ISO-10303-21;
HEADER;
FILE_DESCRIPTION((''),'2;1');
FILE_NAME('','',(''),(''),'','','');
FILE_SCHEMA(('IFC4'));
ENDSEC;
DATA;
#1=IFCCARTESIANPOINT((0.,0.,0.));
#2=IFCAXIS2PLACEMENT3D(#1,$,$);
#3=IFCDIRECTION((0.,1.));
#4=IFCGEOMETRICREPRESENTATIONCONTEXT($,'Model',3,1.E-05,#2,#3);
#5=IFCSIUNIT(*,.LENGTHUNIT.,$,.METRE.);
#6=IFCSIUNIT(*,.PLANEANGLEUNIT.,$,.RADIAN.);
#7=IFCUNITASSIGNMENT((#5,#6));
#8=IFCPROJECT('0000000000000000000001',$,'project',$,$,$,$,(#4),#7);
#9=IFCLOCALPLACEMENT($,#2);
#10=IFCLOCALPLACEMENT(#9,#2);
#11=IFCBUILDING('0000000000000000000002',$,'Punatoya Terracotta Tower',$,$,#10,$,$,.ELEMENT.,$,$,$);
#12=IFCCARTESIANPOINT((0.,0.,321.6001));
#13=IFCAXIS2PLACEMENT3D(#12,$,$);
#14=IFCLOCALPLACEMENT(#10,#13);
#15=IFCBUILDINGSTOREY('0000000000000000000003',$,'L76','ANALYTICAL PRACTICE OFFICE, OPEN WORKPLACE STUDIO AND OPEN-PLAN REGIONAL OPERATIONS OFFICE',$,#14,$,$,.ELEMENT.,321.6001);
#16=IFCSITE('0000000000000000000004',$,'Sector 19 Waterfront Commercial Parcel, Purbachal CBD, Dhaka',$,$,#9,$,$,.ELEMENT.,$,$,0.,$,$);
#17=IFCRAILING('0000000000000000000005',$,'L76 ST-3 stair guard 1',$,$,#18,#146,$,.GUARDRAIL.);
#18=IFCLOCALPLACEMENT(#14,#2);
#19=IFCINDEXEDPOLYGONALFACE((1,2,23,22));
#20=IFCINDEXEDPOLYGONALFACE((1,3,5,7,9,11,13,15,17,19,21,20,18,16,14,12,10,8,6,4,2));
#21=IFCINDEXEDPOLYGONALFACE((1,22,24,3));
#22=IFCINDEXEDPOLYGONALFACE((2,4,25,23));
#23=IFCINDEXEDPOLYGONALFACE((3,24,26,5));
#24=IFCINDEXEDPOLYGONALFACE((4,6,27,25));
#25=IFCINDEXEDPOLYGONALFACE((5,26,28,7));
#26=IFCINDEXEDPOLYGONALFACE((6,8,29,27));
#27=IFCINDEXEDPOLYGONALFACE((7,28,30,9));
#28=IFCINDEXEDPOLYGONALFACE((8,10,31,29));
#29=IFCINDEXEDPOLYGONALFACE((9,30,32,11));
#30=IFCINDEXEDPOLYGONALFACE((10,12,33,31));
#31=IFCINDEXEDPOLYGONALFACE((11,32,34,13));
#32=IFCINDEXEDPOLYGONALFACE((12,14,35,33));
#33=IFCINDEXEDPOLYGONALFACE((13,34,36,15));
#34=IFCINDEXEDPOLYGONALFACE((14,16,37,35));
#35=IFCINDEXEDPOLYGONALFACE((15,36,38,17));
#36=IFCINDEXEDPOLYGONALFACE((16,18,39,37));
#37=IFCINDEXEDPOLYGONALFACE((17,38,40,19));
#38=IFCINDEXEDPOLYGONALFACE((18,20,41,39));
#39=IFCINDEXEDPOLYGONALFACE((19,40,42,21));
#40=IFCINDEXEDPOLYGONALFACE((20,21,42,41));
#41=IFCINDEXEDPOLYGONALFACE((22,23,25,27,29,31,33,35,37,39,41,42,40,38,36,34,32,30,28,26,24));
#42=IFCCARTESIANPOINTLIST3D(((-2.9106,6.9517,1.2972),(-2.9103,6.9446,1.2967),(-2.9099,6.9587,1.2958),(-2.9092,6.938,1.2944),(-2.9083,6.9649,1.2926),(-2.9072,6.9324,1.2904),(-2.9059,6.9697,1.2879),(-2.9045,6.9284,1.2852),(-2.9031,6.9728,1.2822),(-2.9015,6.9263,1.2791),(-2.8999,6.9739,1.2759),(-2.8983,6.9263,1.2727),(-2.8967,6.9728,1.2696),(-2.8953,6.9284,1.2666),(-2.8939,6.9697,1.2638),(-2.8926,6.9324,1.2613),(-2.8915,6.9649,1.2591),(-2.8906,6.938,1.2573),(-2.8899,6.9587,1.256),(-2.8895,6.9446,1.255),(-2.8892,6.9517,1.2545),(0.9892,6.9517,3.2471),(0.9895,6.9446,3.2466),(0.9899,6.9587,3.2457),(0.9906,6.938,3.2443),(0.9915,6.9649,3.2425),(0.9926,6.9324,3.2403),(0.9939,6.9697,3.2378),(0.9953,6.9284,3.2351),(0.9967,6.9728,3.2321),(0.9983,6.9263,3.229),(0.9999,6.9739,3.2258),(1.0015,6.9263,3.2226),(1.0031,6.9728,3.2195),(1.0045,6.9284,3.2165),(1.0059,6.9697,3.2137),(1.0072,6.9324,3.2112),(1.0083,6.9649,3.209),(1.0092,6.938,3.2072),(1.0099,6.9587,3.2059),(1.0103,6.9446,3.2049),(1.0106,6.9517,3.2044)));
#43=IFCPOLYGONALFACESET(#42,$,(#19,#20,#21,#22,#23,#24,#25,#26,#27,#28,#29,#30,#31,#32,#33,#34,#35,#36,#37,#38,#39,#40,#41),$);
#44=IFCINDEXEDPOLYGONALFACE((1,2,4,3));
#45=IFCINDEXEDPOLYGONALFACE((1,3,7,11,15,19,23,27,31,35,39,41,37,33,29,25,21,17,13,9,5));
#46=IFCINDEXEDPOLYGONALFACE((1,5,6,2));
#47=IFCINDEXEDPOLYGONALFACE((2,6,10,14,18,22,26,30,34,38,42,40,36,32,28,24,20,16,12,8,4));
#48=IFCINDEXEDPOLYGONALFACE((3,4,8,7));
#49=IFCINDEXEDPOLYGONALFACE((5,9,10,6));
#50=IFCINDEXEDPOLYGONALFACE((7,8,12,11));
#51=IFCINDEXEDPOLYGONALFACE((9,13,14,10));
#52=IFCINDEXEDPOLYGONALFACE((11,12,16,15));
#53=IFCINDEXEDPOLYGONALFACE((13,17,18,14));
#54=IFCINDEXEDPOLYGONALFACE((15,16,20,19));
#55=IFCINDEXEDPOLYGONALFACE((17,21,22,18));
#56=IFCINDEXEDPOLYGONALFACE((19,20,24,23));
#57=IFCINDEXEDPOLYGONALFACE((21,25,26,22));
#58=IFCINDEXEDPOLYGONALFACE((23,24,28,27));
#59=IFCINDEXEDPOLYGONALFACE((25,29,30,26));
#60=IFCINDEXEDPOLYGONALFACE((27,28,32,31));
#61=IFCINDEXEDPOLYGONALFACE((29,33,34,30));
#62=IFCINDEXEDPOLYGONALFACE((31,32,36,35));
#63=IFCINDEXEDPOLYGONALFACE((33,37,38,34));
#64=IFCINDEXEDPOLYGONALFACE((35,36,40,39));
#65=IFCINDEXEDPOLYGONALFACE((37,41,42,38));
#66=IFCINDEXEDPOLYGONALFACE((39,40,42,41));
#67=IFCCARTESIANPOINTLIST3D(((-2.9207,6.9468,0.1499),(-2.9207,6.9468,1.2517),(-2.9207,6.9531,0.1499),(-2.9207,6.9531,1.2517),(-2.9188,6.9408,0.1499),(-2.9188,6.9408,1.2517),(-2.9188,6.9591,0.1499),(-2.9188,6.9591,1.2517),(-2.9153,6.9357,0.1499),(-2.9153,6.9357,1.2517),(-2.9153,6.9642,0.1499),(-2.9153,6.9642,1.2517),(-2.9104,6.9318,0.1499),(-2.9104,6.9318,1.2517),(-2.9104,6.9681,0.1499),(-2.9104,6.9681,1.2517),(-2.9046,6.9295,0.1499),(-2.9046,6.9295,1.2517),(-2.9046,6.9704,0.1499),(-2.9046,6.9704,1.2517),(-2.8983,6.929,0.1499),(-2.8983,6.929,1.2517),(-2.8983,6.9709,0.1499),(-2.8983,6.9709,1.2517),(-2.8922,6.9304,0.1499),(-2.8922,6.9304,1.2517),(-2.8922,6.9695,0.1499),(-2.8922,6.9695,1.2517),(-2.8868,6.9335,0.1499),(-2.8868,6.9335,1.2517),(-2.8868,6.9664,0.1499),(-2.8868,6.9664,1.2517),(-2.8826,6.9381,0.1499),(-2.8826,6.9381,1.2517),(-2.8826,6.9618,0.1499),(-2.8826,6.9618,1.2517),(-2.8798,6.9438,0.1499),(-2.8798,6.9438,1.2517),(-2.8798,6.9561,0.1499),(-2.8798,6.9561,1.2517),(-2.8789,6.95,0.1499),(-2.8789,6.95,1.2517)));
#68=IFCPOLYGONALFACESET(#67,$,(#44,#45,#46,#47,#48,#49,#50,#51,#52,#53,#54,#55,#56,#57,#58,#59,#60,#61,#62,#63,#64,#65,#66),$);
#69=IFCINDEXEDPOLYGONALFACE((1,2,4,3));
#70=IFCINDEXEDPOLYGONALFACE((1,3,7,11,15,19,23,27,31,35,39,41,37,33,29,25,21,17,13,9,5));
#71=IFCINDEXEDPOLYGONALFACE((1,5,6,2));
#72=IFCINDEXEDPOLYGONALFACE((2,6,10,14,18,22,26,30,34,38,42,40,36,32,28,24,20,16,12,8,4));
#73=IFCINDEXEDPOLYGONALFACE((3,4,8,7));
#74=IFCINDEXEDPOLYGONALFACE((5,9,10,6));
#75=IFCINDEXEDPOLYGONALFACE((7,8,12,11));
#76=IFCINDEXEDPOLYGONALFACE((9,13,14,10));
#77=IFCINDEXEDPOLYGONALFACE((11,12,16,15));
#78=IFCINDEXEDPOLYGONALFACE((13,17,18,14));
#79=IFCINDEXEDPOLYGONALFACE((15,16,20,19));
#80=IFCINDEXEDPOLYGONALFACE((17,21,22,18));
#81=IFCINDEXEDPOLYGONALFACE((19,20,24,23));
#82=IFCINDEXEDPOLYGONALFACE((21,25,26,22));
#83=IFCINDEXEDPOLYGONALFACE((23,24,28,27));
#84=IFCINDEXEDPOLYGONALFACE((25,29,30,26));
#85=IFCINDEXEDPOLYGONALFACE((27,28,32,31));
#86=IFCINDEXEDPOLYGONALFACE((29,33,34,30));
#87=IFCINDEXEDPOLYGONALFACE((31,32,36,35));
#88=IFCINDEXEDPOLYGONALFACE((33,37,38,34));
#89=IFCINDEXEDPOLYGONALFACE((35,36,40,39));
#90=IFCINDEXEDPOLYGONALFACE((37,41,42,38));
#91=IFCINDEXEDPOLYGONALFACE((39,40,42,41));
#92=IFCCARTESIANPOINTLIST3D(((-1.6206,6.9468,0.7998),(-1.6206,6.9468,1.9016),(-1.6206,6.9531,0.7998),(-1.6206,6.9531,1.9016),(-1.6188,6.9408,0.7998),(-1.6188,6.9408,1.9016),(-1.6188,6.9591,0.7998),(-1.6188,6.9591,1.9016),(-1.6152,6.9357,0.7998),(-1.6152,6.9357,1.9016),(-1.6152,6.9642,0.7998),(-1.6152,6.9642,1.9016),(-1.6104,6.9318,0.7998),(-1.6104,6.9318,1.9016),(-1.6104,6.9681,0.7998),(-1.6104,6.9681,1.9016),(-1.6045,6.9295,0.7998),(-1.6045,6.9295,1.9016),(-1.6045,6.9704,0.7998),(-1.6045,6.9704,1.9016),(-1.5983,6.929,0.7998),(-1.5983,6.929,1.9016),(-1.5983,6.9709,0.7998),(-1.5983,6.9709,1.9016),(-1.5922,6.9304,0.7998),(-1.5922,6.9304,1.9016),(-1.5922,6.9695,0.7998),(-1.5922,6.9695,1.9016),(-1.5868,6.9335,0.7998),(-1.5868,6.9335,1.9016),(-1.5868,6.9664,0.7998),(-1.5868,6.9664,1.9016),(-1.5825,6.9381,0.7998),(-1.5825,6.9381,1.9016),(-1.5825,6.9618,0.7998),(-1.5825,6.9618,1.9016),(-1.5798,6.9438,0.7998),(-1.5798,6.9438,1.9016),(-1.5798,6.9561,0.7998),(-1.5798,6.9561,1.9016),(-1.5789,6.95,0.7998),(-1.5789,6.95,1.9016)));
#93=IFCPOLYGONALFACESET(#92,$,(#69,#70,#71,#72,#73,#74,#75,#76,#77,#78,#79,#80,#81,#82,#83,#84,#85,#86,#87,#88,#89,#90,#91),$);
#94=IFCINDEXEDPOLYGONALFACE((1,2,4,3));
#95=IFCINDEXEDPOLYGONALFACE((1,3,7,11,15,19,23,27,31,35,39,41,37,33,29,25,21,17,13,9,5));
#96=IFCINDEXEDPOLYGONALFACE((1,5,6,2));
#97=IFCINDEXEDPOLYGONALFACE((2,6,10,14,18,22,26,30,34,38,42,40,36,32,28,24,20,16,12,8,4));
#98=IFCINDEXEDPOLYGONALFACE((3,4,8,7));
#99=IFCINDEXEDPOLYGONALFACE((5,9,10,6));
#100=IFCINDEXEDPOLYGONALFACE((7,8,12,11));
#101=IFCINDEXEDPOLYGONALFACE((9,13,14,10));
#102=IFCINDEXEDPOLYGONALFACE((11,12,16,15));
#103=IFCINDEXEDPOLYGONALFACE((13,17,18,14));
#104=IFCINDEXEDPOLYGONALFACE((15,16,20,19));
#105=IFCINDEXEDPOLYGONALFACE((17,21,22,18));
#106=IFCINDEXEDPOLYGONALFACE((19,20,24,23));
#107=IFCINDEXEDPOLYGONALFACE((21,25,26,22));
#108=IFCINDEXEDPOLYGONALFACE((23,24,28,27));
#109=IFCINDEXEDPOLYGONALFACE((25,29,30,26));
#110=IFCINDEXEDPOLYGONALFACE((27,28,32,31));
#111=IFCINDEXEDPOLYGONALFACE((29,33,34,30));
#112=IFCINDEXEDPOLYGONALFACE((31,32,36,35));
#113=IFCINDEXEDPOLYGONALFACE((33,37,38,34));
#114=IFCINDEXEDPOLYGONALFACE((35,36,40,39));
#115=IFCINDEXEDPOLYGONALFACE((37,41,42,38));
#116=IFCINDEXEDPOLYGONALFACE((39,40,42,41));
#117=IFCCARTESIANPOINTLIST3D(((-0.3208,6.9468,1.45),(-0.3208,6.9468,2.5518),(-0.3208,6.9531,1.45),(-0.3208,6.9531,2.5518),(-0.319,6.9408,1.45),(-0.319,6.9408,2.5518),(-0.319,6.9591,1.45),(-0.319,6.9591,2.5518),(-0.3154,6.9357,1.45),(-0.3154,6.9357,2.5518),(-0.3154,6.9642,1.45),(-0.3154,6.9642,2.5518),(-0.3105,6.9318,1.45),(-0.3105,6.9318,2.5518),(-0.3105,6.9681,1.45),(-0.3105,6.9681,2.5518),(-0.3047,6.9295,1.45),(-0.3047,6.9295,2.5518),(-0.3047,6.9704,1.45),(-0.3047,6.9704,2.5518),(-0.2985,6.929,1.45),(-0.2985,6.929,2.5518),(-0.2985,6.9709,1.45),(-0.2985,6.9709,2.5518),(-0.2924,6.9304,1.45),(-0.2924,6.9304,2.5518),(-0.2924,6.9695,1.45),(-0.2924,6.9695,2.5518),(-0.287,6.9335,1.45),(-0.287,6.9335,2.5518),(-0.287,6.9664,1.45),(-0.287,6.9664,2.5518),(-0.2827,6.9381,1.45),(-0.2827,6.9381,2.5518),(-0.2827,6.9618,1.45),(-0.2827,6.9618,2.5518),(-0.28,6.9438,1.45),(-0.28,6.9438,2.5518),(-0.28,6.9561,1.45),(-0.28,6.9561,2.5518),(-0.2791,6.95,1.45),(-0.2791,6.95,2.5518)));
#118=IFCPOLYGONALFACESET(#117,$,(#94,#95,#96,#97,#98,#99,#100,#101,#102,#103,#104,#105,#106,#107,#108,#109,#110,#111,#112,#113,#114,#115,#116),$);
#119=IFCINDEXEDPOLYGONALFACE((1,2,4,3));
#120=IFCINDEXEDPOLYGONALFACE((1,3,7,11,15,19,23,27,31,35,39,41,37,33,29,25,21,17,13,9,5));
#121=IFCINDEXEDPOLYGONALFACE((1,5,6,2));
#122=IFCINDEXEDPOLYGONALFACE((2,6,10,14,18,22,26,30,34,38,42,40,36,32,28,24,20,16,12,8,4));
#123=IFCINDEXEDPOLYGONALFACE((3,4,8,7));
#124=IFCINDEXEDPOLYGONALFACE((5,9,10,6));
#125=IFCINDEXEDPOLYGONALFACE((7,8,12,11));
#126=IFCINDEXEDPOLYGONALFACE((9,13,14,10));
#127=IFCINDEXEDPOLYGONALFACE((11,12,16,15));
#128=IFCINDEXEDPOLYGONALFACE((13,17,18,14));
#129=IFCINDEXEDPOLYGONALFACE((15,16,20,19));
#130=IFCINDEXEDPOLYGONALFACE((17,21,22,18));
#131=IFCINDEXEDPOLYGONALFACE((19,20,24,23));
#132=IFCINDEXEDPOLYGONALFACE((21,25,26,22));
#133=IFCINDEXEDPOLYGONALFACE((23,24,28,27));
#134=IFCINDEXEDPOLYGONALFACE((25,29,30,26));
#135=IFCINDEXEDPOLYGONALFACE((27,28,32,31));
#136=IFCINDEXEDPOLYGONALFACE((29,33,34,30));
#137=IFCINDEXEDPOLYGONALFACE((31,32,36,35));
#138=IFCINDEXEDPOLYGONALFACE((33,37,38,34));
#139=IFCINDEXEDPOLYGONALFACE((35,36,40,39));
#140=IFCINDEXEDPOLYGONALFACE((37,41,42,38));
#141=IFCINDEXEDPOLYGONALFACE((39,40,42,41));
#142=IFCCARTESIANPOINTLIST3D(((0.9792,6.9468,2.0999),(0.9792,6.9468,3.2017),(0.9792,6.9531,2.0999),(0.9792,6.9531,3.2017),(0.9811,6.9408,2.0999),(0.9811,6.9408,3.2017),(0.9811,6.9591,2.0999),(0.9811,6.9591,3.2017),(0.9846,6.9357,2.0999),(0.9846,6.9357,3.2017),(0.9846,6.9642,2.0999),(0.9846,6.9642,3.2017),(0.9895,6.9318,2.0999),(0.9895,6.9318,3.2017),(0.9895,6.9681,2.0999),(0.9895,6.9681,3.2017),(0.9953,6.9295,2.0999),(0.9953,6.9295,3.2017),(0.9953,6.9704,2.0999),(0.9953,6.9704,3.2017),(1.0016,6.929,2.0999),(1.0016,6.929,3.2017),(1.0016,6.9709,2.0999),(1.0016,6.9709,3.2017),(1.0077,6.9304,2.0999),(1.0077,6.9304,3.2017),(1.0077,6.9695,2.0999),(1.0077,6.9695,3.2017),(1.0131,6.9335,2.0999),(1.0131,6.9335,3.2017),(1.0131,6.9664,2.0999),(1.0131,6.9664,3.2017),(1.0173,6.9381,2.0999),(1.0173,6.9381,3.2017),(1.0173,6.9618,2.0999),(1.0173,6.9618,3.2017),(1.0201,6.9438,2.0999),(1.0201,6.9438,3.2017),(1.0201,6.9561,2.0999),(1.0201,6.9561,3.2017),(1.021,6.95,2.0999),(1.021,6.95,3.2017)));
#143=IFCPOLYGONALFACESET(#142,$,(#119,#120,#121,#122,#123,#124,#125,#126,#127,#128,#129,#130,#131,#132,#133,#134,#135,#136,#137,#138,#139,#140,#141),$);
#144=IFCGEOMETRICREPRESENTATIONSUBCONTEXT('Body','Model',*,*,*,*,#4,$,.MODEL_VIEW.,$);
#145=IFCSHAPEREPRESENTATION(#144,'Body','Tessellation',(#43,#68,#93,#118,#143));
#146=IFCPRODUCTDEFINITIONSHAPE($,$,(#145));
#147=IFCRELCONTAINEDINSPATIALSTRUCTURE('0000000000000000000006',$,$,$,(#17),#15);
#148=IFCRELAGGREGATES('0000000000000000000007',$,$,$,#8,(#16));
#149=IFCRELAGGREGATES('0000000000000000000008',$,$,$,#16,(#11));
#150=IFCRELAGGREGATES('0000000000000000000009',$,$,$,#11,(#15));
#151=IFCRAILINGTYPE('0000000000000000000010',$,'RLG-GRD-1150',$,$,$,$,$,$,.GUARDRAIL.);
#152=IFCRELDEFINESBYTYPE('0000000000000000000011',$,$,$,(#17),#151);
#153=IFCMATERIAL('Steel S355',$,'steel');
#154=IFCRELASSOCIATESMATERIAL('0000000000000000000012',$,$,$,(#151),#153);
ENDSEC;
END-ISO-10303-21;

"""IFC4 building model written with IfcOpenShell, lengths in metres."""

from ifc_helpers import new_model, si_unit, direction, frame, origin, origin_2d, place, context, subcontext, project, spatial, circle, extrude, material, type_object, element, save


model = new_model("IFC4")

# Units and contexts
model_context = context("Model", 3, precision=1e-05, world=origin(), true_north=direction((0.0, 1.0)))
body_context = subcontext(model_context, "Body", "Model", "MODEL_VIEW")
ifc_project = project(units=[si_unit("LENGTHUNIT", "METRE"), si_unit("PLANEANGLEUNIT", "RADIAN")], contexts=[model_context])

# Site, building, storey
site_placement = place(None, origin())
site = spatial("IfcSite", under=ifc_project, at=site_placement, Name="Sector 19 Waterfront Commercial Parcel, Purbachal CBD, Dhaka", CompositionType="ELEMENT", RefElevation=0.0)
building_placement = place(site_placement, origin())
building = spatial("IfcBuilding", under=site, at=building_placement, Name="Punatoya Terracotta Tower", CompositionType="ELEMENT")
storey_placement = place(building_placement, frame((0.0, 0.0, 321.6001)))
storey = spatial("IfcBuildingStorey", under=building, at=storey_placement, Name="L76", Description="ANALYTICAL PRACTICE OFFICE, OPEN WORKPLACE STUDIO AND OPEN-PLAN REGIONAL OPERATIONS OFFICE", CompositionType="ELEMENT", Elevation=321.6001)

# Shared definitions
ifc_material_1 = material(Name="Steel S355", Category="steel")

# Railing
railing_type_1 = type_object("IfcRailingType", Name="RLG-GRD-1150", PredefinedType="GUARDRAIL", material=ifc_material_1)
railing_1_placement = place(storey_placement, frame((-2.8999, 6.95, 0.1499)))
element("IfcRailing", 1, at=railing_1_placement, inside=storey, type_object=railing_type_1, Name="L76 ST-3 stair guard 1", PredefinedType="GUARDRAIL", context=body_context, shape_type="SweptSolid", body=[
    extrude(circle(Radius=0.0239, at=origin_2d()), frame((0.0, 0.0, 1.126), z_axis=(0.894427, 0.0, 0.447214), x_axis=(0.0, 1.0, 0.0)), (0.0, 0.0, 1.0), 4.3601),
    extrude(circle(Radius=0.021, at=origin_2d()), origin(), (0.0, 0.0, 1.0), 1.1018),
    extrude(circle(Radius=0.021, at=origin_2d()), frame((1.3, 0.0, 0.6499)), (0.0, 0.0, 1.0), 1.1018),
    extrude(circle(Radius=0.021, at=origin_2d()), frame((2.5999, 0.0, 1.3)), (0.0, 0.0, 1.0), 1.1018),
    extrude(circle(Radius=0.021, at=origin_2d()), frame((3.8999, 0.0, 1.95)), (0.0, 0.0, 1.0), 1.1018),
])

save(model, "model.ifc")
